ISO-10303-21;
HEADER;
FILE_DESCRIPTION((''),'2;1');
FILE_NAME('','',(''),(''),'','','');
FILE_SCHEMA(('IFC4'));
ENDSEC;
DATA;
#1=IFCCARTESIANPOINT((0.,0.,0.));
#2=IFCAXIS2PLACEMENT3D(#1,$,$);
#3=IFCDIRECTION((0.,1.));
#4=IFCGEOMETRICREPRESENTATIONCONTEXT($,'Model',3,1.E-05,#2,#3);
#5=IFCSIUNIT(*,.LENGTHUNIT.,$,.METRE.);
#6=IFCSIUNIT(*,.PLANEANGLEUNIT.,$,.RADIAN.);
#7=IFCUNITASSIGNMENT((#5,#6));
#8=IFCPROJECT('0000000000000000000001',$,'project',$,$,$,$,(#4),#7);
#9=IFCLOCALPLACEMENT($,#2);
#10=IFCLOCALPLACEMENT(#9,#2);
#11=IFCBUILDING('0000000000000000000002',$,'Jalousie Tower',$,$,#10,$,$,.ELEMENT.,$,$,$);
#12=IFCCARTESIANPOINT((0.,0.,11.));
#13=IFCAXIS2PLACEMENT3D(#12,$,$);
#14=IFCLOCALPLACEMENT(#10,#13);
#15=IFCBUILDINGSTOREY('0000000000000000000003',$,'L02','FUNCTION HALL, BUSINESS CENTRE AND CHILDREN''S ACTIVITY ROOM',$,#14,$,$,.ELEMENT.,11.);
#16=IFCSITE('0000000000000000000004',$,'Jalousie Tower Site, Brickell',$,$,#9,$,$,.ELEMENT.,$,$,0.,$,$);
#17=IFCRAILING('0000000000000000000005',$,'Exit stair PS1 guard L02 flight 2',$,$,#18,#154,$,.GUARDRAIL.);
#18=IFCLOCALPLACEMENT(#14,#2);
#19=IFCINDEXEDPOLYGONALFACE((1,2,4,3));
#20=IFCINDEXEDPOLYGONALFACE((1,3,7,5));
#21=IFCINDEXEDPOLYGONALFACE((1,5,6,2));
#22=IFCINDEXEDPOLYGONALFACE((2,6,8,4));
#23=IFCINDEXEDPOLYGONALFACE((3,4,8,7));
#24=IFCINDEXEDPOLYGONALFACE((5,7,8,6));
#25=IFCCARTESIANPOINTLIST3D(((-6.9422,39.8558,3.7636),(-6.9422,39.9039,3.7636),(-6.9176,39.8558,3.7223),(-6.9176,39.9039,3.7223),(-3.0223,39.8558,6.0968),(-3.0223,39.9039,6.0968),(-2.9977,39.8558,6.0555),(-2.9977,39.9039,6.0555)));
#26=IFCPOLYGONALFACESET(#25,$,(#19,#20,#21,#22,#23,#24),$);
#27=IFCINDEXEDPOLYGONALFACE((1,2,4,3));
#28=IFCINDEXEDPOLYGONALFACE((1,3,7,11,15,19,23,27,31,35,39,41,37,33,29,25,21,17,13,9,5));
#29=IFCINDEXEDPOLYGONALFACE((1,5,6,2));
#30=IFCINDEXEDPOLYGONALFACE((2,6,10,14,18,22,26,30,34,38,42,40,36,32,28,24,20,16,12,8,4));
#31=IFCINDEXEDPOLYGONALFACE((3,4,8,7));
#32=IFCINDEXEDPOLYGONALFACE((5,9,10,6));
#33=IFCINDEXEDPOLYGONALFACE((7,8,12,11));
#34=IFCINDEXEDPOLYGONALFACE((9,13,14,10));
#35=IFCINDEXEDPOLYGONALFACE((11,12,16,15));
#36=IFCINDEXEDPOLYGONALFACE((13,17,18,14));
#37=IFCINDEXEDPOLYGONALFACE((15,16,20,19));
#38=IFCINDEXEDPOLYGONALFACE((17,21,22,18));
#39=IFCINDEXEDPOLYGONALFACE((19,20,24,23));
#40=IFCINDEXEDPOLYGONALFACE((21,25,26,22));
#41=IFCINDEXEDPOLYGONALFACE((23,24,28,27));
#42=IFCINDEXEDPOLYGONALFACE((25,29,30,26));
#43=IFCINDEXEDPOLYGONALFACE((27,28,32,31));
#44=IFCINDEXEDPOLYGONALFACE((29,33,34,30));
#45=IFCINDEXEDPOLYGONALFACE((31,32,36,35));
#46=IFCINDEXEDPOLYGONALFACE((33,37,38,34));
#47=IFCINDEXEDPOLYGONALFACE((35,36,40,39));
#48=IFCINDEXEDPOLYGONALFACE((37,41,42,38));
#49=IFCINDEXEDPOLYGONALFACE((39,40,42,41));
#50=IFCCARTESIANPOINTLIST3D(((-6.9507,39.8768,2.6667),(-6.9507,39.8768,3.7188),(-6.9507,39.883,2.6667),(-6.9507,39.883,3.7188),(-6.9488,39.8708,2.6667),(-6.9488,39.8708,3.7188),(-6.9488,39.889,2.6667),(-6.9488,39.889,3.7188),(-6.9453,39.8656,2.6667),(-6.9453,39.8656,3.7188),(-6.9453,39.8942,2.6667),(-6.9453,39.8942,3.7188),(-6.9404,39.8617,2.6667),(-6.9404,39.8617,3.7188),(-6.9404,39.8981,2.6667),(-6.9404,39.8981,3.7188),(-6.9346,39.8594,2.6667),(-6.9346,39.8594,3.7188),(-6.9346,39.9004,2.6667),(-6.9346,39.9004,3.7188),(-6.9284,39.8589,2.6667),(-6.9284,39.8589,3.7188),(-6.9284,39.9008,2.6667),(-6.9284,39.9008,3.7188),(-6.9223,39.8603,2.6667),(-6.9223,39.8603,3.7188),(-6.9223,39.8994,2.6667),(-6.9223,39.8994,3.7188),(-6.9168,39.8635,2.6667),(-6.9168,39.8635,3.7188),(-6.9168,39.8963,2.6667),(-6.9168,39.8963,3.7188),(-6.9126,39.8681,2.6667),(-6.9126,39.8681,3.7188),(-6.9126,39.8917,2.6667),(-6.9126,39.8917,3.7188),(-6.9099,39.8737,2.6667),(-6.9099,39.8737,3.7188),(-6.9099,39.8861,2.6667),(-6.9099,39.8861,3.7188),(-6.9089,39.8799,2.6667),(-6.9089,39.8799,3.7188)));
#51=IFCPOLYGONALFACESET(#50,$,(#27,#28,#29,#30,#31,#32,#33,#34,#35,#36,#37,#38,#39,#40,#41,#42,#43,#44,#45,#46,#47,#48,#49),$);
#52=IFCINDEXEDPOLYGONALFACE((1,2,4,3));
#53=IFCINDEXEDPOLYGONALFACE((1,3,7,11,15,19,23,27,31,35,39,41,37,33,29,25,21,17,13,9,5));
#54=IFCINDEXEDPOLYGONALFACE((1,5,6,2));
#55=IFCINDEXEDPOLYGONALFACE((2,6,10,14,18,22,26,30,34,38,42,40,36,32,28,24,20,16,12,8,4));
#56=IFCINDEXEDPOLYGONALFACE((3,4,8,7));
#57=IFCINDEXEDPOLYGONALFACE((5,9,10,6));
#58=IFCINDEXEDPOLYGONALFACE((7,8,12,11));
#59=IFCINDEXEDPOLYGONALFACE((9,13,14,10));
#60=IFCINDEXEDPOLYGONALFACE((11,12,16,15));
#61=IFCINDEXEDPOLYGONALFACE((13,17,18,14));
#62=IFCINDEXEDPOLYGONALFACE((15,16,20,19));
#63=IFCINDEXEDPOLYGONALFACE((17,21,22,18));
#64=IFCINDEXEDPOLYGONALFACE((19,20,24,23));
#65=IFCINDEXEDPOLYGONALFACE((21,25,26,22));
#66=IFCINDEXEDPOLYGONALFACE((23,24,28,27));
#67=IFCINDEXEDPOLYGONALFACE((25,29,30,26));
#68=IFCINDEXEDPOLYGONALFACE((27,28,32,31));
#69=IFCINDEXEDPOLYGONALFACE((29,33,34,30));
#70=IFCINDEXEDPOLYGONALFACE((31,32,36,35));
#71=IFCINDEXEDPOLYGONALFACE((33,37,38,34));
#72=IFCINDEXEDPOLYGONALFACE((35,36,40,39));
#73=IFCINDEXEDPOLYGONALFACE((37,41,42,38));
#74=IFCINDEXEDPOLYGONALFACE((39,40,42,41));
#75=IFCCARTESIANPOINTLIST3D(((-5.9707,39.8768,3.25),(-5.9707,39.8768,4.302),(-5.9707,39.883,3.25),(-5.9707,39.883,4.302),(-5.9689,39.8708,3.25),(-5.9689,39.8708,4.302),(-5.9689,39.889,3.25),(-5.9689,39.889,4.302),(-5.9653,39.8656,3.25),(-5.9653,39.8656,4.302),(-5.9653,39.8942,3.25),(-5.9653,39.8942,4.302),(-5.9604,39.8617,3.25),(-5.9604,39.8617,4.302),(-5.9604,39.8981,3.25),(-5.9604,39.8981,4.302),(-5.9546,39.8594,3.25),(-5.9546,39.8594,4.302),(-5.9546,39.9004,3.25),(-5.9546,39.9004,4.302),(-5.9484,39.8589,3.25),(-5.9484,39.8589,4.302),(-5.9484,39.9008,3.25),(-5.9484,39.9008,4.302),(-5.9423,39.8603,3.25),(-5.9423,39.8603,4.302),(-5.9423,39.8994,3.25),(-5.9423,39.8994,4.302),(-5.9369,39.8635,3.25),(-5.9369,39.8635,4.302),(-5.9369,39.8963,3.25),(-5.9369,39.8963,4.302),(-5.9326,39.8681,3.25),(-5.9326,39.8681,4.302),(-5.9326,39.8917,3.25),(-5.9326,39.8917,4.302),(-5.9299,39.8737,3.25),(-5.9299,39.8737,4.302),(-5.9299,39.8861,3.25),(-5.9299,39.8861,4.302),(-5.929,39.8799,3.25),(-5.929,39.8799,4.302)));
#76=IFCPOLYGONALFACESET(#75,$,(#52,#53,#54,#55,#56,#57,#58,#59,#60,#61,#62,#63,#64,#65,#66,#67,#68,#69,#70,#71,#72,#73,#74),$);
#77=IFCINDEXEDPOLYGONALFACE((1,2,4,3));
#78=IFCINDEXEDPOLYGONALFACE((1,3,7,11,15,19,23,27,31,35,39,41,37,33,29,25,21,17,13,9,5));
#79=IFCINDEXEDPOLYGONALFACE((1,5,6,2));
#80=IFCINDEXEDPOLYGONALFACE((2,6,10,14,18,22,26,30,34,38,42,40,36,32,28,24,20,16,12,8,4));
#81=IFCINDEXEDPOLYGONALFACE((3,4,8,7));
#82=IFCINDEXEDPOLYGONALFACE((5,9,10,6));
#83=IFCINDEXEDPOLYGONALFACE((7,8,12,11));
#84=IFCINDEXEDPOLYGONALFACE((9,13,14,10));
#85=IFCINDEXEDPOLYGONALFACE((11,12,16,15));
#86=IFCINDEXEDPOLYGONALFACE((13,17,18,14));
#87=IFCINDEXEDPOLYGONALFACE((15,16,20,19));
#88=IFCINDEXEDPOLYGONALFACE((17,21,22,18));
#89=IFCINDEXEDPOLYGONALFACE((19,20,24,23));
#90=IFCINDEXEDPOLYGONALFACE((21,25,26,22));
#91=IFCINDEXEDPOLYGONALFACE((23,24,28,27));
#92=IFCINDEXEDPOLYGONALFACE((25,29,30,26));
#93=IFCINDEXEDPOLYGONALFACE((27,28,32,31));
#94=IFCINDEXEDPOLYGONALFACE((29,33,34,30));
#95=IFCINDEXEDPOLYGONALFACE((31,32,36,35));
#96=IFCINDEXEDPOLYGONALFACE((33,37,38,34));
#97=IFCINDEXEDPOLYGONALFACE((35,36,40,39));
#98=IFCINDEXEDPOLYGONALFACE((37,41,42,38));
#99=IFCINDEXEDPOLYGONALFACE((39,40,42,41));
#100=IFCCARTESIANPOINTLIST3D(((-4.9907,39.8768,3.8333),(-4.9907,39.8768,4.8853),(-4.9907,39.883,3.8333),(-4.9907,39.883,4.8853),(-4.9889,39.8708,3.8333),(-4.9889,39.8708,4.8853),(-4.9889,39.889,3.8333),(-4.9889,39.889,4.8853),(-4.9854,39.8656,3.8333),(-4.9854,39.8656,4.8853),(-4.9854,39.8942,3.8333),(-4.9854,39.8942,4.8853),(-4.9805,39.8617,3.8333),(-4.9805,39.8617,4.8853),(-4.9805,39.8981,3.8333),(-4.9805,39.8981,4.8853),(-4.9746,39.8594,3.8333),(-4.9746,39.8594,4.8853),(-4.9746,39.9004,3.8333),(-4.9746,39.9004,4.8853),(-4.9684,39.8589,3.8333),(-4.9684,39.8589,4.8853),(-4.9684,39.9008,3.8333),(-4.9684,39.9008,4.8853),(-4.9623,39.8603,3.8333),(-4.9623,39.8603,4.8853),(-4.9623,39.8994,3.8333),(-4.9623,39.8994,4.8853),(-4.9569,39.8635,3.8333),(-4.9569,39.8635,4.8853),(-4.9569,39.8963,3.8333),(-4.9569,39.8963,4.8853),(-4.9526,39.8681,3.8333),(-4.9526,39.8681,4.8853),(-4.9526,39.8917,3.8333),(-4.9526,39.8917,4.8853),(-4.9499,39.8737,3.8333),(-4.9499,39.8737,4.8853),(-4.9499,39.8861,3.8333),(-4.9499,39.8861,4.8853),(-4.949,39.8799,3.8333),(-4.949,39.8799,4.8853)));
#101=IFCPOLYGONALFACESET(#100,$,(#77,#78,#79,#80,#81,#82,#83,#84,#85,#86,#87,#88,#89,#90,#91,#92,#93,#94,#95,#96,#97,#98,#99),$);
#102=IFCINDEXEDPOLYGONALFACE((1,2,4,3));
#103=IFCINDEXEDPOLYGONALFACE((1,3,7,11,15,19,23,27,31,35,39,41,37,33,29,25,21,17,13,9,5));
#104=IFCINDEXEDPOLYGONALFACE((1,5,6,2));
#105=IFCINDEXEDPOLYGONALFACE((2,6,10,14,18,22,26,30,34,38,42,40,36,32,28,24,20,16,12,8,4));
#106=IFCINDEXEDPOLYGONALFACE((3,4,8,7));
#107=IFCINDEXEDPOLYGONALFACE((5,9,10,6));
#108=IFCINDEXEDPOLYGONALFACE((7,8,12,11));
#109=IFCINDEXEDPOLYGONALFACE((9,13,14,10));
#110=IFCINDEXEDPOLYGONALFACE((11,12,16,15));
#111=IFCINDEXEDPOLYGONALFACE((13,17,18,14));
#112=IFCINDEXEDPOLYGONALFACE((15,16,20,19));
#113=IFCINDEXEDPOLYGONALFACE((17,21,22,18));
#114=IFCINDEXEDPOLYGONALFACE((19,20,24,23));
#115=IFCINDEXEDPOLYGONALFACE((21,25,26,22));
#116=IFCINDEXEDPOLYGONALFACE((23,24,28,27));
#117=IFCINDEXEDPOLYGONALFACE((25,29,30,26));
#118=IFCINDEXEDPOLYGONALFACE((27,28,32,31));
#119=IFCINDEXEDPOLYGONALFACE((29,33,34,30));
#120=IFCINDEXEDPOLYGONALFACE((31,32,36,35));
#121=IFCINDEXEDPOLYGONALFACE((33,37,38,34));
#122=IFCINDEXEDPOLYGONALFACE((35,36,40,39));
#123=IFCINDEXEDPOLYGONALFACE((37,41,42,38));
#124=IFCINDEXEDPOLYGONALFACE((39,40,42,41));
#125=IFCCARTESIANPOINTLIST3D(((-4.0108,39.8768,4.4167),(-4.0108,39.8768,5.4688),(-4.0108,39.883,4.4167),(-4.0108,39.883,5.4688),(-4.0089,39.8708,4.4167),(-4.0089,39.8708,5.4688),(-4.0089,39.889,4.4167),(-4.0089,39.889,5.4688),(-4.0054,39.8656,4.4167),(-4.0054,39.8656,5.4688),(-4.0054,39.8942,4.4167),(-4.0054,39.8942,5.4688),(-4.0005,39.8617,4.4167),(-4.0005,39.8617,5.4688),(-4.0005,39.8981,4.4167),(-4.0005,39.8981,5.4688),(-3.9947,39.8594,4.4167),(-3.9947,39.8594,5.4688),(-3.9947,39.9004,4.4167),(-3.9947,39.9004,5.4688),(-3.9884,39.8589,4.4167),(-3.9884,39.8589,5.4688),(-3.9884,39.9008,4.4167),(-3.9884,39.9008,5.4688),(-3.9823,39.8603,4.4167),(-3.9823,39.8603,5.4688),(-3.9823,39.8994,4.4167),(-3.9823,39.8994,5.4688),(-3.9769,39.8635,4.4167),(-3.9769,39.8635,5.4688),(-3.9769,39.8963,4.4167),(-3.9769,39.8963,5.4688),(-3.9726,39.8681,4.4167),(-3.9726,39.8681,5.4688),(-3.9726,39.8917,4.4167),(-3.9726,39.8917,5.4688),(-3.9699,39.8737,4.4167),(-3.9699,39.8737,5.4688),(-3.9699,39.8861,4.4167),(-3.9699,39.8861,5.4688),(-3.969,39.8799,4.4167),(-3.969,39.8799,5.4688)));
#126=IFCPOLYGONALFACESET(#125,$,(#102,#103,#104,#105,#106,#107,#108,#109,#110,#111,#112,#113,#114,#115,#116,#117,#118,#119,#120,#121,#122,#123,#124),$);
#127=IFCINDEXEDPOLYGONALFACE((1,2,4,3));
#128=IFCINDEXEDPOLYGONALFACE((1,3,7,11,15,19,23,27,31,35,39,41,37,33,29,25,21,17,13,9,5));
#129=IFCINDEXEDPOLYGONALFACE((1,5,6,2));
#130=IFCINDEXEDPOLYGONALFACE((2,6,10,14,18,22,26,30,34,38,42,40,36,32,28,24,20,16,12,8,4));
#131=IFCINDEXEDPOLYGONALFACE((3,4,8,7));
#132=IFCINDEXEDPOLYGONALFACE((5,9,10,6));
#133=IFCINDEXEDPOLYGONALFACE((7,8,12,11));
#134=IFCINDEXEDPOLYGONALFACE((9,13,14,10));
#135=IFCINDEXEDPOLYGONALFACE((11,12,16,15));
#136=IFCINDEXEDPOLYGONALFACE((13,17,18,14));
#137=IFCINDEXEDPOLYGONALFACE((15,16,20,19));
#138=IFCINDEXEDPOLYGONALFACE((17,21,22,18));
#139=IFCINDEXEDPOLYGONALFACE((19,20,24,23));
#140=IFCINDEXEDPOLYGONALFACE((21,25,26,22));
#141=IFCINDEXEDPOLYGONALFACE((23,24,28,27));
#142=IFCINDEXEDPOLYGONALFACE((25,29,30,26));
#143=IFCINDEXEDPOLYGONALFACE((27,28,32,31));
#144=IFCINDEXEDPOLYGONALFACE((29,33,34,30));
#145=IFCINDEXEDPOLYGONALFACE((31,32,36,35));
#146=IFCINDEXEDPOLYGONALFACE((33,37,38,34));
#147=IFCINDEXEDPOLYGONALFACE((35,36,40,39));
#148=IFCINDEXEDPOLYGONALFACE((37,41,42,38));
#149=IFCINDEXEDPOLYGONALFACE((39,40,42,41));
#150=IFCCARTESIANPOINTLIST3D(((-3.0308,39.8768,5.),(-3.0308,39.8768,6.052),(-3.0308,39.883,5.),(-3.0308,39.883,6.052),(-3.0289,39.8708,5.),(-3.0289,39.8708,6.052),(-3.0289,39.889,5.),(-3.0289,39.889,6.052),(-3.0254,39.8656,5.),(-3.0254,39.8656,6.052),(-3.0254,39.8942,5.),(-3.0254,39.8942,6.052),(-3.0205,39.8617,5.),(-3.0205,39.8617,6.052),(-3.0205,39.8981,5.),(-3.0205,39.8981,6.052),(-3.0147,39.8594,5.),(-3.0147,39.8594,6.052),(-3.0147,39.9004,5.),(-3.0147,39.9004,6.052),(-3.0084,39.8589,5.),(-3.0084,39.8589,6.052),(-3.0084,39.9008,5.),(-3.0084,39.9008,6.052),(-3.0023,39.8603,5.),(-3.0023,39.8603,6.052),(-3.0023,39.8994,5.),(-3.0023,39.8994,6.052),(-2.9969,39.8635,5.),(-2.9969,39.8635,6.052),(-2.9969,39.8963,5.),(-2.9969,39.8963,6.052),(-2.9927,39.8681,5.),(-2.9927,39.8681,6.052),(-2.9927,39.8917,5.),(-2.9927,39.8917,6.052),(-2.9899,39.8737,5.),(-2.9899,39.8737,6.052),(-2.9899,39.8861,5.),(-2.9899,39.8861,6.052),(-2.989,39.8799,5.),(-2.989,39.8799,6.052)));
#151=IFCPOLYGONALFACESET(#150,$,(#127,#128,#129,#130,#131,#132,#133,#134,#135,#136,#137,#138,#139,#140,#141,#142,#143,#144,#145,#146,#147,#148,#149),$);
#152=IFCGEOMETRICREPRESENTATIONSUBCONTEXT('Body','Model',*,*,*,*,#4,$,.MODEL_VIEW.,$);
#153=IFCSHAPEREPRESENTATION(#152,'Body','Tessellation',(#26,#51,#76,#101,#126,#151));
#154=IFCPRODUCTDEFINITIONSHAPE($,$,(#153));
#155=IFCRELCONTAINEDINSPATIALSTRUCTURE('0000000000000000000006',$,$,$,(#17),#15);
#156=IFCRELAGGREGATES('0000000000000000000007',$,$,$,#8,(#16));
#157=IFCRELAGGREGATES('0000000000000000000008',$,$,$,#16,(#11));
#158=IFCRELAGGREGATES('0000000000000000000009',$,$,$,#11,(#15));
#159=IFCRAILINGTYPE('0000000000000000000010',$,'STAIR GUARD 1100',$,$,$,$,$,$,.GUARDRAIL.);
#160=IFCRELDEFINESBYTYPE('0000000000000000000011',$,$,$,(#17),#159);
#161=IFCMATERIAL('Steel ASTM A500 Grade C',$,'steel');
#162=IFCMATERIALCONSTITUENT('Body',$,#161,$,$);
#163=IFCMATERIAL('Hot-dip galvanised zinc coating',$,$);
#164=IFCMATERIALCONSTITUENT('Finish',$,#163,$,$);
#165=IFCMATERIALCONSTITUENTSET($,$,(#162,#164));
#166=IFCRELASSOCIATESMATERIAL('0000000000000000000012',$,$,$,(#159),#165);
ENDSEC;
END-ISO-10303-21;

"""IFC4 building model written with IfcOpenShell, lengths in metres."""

from ifc_helpers import new_model, si_unit, direction, frame, origin, origin_2d, place, context, subcontext, project, spatial, rectangle, circle, extrude, material, constituent, constituent_set, type_object, element, save


model = new_model("IFC4")

# Units and contexts
model_context = context("Model", 3, precision=1e-05, world=origin(), true_north=direction((0.0, 1.0)))
body_context = subcontext(model_context, "Body", "Model", "MODEL_VIEW")
ifc_project = project(units=[si_unit("LENGTHUNIT", "METRE"), si_unit("PLANEANGLEUNIT", "RADIAN")], contexts=[model_context])

# Site, building, storey
site_placement = place(None, origin())
site = spatial("IfcSite", under=ifc_project, at=site_placement, Name="Jalousie Tower Site, Brickell", CompositionType="ELEMENT", RefElevation=0.0)
building_placement = place(site_placement, origin())
building = spatial("IfcBuilding", under=site, at=building_placement, Name="Jalousie Tower", CompositionType="ELEMENT")
storey_placement = place(building_placement, frame((0.0, 0.0, 11.0)))
storey = spatial("IfcBuildingStorey", under=building, at=storey_placement, Name="L02", Description="FUNCTION HALL, BUSINESS CENTRE AND CHILDREN'S ACTIVITY ROOM", CompositionType="ELEMENT", Elevation=11.0)

# Railing
ifc_material_1 = material(Name="Steel ASTM A500 Grade C", Category="steel")
ifc_constituent_1 = constituent(ifc_material_1, Name="Body")
ifc_material_2 = material(Name="Hot-dip galvanised zinc coating")
ifc_constituent_2 = constituent(ifc_material_2, Name="Finish")
ifc_constituent_set_1 = constituent_set(constituents=[ifc_constituent_1, ifc_constituent_2])
railing_type_1 = type_object("IfcRailingType", Name="STAIR GUARD 1100", PredefinedType="GUARDRAIL", material=ifc_constituent_set_1)
railing_1_placement = place(storey_placement, frame((-6.9299, 39.8799, 2.6667)))
element("IfcRailing", 1, at=railing_1_placement, inside=storey, type_object=railing_type_1, Name="Exit stair PS1 guard L02 flight 2", PredefinedType="GUARDRAIL", context=body_context, shape_type="SweptSolid", body=[
    extrude(rectangle(XDim=0.0481, YDim=0.0481, at=origin_2d()), frame((0.0, 0.0, 1.0762), z_axis=(0.859296, 0.0, 0.511478), x_axis=(0.0, 1.0, 0.0)), (0.0, 0.0, 1.0), 4.5618),
    extrude(circle(Radius=0.021, at=origin_2d()), origin(), (0.0, 0.0, 1.0), 1.052),
    extrude(circle(Radius=0.021, at=origin_2d()), frame((0.98, 0.0, 0.5833)), (0.0, 0.0, 1.0), 1.052),
    extrude(circle(Radius=0.021, at=origin_2d()), frame((1.96, 0.0, 1.1665)), (0.0, 0.0, 1.0), 1.052),
    extrude(circle(Radius=0.021, at=origin_2d()), frame((2.9399, 0.0, 1.75)), (0.0, 0.0, 1.0), 1.052),
    extrude(circle(Radius=0.021, at=origin_2d()), frame((3.9199, 0.0, 2.3333)), (0.0, 0.0, 1.0), 1.052),
])

save(model, "model.ifc")
